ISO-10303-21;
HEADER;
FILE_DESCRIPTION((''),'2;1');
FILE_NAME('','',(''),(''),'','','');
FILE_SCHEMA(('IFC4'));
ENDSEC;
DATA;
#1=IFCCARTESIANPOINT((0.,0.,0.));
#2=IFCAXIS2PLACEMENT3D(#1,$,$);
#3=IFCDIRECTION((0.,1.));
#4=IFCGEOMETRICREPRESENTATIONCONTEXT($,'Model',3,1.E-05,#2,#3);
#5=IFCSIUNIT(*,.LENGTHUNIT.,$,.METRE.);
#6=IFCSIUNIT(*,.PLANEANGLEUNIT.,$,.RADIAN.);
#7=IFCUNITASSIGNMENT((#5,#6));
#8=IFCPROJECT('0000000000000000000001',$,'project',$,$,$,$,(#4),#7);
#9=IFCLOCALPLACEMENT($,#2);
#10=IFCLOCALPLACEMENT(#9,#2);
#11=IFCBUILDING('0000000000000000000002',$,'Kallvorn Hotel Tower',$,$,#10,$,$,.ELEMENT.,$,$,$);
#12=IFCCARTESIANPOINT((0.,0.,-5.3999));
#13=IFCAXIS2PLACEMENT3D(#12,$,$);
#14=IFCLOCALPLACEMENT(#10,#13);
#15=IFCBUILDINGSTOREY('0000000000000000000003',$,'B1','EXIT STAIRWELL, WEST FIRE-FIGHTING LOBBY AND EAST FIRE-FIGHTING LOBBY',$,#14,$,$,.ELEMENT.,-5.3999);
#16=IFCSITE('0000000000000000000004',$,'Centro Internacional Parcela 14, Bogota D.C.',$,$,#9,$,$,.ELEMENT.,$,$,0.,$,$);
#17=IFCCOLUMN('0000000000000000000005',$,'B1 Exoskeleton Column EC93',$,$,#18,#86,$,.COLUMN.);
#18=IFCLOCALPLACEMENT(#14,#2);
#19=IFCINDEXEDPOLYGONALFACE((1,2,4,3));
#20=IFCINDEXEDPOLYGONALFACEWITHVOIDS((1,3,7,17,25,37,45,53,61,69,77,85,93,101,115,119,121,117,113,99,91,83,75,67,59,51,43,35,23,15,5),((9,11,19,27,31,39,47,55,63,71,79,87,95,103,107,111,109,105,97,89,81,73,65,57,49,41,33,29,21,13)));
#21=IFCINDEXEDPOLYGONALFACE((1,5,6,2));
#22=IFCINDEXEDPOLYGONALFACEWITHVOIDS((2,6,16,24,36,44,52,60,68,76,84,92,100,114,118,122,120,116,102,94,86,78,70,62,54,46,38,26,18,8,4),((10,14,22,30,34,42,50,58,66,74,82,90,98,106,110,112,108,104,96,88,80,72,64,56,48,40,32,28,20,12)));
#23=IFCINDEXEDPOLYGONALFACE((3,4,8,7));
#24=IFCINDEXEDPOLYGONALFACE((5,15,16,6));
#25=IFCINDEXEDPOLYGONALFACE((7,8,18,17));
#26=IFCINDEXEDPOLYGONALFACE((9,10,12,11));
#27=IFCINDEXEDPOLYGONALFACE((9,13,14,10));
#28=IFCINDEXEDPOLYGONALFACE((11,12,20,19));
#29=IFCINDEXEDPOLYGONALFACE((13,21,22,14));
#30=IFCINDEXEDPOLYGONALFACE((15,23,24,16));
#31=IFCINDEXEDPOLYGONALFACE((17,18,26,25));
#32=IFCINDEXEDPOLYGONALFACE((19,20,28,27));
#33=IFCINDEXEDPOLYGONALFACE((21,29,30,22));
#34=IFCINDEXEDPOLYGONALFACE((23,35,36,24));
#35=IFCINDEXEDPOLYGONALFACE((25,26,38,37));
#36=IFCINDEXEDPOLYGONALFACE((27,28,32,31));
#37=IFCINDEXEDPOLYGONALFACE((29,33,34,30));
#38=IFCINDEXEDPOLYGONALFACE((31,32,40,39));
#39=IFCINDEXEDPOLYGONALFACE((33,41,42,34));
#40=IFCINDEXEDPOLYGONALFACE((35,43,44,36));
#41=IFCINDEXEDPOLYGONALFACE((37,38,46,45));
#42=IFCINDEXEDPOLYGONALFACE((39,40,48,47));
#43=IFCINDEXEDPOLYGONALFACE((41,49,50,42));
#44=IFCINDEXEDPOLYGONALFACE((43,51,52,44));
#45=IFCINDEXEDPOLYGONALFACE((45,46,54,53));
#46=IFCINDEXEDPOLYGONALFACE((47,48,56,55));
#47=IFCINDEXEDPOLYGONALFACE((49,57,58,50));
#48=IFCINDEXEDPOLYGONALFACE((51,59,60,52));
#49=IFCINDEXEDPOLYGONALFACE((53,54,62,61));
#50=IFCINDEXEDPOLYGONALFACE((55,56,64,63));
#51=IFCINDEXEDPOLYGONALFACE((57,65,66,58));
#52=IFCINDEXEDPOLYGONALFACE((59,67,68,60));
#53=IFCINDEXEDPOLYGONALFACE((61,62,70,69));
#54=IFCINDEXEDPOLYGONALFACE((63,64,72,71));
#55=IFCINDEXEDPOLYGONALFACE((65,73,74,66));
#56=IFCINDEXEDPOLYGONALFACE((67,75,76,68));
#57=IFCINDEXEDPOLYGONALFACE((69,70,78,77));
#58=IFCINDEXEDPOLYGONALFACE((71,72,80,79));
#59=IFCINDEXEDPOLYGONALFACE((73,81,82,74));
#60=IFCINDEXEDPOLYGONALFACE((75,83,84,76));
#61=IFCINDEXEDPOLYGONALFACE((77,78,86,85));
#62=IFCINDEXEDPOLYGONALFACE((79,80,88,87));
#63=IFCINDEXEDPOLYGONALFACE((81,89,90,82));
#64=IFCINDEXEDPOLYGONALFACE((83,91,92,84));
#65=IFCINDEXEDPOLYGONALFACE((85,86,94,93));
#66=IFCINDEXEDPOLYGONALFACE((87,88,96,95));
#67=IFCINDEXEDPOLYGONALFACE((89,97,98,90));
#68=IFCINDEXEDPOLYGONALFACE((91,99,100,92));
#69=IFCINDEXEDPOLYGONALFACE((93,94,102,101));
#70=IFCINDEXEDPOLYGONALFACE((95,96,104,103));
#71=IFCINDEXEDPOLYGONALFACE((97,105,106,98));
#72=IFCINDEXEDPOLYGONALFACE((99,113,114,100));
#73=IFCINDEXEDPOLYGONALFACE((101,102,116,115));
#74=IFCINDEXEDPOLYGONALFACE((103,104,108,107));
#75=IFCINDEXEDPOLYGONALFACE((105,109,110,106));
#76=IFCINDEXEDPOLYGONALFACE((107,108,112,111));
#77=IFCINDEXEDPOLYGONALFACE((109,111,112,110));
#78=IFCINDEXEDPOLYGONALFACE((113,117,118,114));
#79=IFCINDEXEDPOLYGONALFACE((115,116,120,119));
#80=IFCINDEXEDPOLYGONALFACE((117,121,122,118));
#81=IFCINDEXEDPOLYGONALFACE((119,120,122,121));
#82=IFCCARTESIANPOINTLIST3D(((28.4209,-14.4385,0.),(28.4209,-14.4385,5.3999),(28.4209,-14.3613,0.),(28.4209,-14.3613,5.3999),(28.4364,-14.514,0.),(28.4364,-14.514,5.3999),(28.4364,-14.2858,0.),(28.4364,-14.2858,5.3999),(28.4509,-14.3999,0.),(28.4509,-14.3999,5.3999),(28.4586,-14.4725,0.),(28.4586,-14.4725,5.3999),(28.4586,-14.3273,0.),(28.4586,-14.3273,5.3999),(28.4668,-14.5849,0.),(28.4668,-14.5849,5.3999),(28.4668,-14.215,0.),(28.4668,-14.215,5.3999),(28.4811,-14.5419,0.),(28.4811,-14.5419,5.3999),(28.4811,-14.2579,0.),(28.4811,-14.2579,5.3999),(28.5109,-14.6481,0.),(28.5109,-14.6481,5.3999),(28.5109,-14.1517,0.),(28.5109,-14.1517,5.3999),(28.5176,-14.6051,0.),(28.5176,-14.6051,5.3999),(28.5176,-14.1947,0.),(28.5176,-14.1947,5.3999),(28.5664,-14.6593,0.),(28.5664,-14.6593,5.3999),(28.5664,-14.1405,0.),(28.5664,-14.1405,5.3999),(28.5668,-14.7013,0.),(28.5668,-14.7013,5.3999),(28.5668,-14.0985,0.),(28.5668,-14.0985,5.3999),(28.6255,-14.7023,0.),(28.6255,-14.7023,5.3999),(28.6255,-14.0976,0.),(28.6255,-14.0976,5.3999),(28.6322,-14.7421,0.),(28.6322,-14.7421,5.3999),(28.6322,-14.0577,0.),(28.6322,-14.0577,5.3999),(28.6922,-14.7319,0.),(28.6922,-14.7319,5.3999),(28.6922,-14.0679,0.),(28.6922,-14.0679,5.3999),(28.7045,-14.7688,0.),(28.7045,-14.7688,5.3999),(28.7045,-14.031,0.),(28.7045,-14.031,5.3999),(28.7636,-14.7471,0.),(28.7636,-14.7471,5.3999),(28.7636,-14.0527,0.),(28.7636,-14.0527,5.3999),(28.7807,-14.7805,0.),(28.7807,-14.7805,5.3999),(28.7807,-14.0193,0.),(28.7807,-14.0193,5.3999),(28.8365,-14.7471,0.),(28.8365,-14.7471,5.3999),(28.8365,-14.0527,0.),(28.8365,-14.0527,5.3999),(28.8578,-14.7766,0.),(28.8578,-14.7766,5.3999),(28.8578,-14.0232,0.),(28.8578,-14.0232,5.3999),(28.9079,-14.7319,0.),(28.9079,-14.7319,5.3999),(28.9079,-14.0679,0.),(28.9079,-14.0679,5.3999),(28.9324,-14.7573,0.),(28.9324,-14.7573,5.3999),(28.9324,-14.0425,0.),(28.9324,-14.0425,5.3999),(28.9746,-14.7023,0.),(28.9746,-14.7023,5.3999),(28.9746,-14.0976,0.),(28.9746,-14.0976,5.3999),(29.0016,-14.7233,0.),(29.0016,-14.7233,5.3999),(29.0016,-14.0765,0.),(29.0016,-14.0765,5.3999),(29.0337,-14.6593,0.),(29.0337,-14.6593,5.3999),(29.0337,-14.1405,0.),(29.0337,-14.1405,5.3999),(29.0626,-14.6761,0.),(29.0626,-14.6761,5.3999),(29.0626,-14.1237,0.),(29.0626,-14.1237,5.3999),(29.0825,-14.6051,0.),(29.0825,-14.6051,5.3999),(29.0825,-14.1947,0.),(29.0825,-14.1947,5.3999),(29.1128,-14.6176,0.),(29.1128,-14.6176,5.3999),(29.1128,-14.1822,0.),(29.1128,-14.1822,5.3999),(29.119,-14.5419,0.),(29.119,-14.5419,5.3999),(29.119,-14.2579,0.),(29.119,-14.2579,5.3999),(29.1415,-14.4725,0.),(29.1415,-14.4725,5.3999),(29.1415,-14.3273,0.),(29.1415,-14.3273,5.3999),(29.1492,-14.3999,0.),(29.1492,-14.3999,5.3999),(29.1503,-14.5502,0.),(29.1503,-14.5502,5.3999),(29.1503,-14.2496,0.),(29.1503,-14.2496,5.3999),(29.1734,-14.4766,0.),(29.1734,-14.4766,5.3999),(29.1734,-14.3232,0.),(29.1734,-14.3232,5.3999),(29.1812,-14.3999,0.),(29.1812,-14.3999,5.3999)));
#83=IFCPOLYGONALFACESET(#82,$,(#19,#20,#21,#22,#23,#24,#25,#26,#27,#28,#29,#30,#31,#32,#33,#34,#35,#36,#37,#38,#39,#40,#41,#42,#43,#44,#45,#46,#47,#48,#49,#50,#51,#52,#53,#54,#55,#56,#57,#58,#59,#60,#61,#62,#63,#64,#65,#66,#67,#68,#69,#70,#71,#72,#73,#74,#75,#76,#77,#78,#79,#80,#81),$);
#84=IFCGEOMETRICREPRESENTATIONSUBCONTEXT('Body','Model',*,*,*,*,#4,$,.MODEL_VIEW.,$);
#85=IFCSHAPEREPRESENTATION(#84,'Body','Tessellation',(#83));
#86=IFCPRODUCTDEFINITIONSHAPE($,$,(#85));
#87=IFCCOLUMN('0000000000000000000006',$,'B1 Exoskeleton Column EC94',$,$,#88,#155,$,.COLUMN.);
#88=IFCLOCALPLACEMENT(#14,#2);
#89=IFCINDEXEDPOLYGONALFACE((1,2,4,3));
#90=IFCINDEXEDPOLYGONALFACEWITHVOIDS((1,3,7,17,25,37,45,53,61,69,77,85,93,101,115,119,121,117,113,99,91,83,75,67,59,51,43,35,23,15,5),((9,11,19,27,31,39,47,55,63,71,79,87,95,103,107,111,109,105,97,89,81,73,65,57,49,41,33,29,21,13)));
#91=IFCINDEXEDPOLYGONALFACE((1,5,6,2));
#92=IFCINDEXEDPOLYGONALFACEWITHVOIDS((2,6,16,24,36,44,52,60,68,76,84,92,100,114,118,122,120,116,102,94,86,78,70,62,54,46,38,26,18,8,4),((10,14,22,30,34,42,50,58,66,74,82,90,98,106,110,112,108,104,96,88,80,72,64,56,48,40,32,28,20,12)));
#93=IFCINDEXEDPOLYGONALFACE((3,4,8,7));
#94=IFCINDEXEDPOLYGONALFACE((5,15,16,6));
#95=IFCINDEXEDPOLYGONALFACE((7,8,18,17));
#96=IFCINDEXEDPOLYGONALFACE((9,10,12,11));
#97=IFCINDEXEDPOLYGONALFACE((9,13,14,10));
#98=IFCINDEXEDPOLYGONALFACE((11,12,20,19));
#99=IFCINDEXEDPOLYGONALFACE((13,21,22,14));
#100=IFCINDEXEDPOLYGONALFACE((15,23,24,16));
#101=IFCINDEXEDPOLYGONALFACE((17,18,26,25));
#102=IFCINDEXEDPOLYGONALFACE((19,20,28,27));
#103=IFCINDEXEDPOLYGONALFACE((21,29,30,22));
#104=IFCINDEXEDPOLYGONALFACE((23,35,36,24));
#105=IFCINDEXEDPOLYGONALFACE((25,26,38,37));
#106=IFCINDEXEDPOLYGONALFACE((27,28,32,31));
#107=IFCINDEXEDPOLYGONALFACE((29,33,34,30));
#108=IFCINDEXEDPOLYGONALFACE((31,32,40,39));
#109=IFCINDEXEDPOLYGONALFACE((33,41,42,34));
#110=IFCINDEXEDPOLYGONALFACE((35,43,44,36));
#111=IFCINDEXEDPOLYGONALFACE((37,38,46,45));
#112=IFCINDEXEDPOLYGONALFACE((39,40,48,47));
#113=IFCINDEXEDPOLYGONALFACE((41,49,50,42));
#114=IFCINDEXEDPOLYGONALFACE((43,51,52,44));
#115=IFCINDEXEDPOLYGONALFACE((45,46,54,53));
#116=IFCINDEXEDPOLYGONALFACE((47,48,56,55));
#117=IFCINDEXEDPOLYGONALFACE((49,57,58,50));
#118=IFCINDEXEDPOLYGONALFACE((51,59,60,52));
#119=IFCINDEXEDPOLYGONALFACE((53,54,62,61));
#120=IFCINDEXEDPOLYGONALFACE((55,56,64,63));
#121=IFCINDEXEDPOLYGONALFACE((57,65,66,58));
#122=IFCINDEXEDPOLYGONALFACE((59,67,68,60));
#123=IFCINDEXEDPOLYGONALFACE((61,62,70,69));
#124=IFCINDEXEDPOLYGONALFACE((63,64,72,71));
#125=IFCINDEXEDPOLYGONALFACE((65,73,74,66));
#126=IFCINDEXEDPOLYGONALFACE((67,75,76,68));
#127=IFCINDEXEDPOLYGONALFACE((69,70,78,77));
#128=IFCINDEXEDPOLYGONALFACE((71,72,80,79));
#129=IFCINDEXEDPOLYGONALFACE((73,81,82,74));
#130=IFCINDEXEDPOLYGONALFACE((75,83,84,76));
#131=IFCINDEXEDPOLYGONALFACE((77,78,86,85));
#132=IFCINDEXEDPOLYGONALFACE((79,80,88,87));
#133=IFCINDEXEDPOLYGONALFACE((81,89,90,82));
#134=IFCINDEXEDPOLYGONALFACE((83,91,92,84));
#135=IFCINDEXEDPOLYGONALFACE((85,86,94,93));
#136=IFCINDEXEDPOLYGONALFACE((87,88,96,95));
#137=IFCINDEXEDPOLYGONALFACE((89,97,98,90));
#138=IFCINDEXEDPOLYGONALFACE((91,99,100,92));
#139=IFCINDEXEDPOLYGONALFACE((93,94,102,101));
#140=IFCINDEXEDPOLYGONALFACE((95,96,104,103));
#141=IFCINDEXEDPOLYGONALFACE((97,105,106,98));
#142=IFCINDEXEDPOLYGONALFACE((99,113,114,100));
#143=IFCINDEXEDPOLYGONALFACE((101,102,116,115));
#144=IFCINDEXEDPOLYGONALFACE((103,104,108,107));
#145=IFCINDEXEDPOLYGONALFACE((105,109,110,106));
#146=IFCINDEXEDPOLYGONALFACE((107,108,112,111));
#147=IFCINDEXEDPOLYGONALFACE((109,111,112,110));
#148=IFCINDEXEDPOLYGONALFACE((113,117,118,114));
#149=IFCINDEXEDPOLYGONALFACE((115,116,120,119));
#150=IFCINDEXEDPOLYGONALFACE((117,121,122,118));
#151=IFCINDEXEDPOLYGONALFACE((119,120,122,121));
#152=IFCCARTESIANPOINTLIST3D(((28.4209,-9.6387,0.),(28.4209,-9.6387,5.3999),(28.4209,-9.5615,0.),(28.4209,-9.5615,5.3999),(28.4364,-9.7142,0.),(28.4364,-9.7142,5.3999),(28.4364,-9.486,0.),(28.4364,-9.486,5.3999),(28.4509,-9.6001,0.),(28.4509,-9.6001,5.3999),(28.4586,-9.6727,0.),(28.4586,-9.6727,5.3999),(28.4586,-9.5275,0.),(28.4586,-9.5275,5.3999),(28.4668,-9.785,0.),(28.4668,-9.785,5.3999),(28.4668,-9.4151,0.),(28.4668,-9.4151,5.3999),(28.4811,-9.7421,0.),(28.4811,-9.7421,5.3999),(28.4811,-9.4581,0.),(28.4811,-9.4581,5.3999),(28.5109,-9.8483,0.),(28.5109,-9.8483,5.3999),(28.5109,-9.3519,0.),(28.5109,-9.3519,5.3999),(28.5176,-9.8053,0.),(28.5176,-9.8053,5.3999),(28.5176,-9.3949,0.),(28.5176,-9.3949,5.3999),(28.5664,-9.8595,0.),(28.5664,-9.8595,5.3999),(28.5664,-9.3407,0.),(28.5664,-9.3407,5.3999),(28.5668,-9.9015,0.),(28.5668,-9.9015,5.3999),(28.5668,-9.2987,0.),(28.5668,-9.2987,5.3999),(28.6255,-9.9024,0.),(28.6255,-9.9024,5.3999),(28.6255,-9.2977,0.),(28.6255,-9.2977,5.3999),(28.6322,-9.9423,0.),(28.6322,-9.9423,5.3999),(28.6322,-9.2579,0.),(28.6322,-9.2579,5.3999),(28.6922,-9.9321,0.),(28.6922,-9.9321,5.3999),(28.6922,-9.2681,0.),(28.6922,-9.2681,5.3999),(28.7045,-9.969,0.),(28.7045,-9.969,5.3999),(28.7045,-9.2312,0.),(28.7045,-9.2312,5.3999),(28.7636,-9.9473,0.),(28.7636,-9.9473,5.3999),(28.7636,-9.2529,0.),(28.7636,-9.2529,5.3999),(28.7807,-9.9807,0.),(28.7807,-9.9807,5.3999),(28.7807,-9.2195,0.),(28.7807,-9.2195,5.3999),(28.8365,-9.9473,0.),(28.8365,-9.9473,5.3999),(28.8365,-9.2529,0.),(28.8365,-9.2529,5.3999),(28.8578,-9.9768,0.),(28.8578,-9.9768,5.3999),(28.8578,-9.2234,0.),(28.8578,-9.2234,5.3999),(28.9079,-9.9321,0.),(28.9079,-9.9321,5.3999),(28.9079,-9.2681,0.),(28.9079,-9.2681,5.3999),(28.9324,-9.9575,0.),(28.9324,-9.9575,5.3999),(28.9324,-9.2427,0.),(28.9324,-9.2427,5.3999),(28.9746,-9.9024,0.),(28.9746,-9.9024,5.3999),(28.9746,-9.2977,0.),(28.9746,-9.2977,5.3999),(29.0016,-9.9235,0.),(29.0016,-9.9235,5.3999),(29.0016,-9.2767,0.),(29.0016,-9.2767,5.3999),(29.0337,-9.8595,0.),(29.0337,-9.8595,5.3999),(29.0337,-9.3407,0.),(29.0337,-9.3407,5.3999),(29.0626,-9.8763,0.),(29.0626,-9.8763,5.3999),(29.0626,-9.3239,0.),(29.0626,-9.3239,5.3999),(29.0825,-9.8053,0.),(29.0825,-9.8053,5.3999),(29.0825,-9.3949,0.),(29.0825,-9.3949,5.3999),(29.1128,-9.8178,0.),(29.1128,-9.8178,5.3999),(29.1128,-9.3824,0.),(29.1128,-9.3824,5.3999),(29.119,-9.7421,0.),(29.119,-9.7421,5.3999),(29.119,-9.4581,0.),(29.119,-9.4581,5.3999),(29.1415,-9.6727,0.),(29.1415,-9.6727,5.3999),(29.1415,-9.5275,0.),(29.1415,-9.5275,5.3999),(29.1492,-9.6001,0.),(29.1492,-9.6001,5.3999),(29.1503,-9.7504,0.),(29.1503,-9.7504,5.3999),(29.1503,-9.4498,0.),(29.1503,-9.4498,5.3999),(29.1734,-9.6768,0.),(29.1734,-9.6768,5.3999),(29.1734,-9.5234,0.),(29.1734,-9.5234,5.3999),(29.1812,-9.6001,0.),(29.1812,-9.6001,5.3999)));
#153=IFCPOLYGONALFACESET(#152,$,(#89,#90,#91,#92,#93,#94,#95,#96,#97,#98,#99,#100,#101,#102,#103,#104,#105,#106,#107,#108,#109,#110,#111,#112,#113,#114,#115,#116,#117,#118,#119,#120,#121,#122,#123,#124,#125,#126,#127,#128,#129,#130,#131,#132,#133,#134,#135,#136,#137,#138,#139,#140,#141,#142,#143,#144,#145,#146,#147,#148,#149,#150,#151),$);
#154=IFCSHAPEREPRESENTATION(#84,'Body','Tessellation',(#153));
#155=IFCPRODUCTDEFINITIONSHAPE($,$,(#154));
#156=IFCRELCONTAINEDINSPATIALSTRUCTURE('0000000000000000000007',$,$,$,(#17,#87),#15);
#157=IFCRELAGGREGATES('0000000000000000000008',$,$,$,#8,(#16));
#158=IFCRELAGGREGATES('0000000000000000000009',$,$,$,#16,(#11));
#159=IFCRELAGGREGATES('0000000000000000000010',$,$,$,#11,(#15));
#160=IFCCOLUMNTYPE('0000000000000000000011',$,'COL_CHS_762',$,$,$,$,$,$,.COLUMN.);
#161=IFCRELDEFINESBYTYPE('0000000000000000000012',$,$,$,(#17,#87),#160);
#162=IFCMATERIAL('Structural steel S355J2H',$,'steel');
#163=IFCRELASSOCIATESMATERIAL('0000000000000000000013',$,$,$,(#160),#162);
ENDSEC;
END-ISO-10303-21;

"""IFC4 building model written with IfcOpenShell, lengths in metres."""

from ifc_helpers import new_model, si_unit, direction, frame, origin, origin_2d, place, context, subcontext, project, spatial, hollow_circle, extrude, material, material_profile, profile_set, type_object, element, save


model = new_model("IFC4")

# Units and contexts
model_context = context("Model", 3, precision=1e-05, world=origin(), true_north=direction((0.0, 1.0)))
body_context = subcontext(model_context, "Body", "Model", "MODEL_VIEW")
ifc_project = project(units=[si_unit("LENGTHUNIT", "METRE"), si_unit("PLANEANGLEUNIT", "RADIAN")], contexts=[model_context])

# Site, building, storey
site_placement = place(None, origin())
site = spatial("IfcSite", under=ifc_project, at=site_placement, Name="Centro Internacional Parcela 14, Bogota D.C.", CompositionType="ELEMENT", RefElevation=0.0)
building_placement = place(site_placement, origin())
building = spatial("IfcBuilding", under=site, at=building_placement, Name="Kallvorn Hotel Tower", CompositionType="ELEMENT")
storey_placement = place(building_placement, frame((0.0, 0.0, -5.3999)))
storey = spatial("IfcBuildingStorey", under=building, at=storey_placement, Name="B1", Description="EXIT STAIRWELL, WEST FIRE-FIGHTING LOBBY AND EAST FIRE-FIGHTING LOBBY", CompositionType="ELEMENT", Elevation=-5.3999)

# Columns
ifc_material_1 = material(Name="Structural steel S355J2H", Category="steel")
ifc_material_profile_1 = material_profile(ifc_material_1, hollow_circle(Radius=0.3811, WallThickness=0.032, at=origin_2d()), Name="CHS 762x32")
ifc_profile_set_1 = profile_set([ifc_material_profile_1], Name="Structural steel S355J2H")
column_type = type_object("IfcColumnType", Name="COL_CHS_762", PredefinedType="COLUMN", material=ifc_profile_set_1)
for number, where, z_axis, x_axis, name in (
    (1, (28.8, -14.3999, 0.0), (0.0, 0.0, 1.0), (1.0, 0.0, 0.0), "B1 Exoskeleton Column EC93"),
    (2, (28.8, -9.6001, 0.0), (0.0, 0.0, 1.0), (1.0, 0.0, 0.0), "B1 Exoskeleton Column EC94"),
):
    element("IfcColumn", number, at=place(storey_placement, frame(where, z_axis=z_axis, x_axis=x_axis)), inside=storey, type_object=column_type, Name=name, PredefinedType="COLUMN", context=body_context, shape_type="SweptSolid", body=[
        extrude(hollow_circle(Radius=0.3811, WallThickness=0.032, at=origin_2d()), origin(), (0.0, 0.0, 1.0), 5.3999),
    ])

save(model, "model.ifc")
